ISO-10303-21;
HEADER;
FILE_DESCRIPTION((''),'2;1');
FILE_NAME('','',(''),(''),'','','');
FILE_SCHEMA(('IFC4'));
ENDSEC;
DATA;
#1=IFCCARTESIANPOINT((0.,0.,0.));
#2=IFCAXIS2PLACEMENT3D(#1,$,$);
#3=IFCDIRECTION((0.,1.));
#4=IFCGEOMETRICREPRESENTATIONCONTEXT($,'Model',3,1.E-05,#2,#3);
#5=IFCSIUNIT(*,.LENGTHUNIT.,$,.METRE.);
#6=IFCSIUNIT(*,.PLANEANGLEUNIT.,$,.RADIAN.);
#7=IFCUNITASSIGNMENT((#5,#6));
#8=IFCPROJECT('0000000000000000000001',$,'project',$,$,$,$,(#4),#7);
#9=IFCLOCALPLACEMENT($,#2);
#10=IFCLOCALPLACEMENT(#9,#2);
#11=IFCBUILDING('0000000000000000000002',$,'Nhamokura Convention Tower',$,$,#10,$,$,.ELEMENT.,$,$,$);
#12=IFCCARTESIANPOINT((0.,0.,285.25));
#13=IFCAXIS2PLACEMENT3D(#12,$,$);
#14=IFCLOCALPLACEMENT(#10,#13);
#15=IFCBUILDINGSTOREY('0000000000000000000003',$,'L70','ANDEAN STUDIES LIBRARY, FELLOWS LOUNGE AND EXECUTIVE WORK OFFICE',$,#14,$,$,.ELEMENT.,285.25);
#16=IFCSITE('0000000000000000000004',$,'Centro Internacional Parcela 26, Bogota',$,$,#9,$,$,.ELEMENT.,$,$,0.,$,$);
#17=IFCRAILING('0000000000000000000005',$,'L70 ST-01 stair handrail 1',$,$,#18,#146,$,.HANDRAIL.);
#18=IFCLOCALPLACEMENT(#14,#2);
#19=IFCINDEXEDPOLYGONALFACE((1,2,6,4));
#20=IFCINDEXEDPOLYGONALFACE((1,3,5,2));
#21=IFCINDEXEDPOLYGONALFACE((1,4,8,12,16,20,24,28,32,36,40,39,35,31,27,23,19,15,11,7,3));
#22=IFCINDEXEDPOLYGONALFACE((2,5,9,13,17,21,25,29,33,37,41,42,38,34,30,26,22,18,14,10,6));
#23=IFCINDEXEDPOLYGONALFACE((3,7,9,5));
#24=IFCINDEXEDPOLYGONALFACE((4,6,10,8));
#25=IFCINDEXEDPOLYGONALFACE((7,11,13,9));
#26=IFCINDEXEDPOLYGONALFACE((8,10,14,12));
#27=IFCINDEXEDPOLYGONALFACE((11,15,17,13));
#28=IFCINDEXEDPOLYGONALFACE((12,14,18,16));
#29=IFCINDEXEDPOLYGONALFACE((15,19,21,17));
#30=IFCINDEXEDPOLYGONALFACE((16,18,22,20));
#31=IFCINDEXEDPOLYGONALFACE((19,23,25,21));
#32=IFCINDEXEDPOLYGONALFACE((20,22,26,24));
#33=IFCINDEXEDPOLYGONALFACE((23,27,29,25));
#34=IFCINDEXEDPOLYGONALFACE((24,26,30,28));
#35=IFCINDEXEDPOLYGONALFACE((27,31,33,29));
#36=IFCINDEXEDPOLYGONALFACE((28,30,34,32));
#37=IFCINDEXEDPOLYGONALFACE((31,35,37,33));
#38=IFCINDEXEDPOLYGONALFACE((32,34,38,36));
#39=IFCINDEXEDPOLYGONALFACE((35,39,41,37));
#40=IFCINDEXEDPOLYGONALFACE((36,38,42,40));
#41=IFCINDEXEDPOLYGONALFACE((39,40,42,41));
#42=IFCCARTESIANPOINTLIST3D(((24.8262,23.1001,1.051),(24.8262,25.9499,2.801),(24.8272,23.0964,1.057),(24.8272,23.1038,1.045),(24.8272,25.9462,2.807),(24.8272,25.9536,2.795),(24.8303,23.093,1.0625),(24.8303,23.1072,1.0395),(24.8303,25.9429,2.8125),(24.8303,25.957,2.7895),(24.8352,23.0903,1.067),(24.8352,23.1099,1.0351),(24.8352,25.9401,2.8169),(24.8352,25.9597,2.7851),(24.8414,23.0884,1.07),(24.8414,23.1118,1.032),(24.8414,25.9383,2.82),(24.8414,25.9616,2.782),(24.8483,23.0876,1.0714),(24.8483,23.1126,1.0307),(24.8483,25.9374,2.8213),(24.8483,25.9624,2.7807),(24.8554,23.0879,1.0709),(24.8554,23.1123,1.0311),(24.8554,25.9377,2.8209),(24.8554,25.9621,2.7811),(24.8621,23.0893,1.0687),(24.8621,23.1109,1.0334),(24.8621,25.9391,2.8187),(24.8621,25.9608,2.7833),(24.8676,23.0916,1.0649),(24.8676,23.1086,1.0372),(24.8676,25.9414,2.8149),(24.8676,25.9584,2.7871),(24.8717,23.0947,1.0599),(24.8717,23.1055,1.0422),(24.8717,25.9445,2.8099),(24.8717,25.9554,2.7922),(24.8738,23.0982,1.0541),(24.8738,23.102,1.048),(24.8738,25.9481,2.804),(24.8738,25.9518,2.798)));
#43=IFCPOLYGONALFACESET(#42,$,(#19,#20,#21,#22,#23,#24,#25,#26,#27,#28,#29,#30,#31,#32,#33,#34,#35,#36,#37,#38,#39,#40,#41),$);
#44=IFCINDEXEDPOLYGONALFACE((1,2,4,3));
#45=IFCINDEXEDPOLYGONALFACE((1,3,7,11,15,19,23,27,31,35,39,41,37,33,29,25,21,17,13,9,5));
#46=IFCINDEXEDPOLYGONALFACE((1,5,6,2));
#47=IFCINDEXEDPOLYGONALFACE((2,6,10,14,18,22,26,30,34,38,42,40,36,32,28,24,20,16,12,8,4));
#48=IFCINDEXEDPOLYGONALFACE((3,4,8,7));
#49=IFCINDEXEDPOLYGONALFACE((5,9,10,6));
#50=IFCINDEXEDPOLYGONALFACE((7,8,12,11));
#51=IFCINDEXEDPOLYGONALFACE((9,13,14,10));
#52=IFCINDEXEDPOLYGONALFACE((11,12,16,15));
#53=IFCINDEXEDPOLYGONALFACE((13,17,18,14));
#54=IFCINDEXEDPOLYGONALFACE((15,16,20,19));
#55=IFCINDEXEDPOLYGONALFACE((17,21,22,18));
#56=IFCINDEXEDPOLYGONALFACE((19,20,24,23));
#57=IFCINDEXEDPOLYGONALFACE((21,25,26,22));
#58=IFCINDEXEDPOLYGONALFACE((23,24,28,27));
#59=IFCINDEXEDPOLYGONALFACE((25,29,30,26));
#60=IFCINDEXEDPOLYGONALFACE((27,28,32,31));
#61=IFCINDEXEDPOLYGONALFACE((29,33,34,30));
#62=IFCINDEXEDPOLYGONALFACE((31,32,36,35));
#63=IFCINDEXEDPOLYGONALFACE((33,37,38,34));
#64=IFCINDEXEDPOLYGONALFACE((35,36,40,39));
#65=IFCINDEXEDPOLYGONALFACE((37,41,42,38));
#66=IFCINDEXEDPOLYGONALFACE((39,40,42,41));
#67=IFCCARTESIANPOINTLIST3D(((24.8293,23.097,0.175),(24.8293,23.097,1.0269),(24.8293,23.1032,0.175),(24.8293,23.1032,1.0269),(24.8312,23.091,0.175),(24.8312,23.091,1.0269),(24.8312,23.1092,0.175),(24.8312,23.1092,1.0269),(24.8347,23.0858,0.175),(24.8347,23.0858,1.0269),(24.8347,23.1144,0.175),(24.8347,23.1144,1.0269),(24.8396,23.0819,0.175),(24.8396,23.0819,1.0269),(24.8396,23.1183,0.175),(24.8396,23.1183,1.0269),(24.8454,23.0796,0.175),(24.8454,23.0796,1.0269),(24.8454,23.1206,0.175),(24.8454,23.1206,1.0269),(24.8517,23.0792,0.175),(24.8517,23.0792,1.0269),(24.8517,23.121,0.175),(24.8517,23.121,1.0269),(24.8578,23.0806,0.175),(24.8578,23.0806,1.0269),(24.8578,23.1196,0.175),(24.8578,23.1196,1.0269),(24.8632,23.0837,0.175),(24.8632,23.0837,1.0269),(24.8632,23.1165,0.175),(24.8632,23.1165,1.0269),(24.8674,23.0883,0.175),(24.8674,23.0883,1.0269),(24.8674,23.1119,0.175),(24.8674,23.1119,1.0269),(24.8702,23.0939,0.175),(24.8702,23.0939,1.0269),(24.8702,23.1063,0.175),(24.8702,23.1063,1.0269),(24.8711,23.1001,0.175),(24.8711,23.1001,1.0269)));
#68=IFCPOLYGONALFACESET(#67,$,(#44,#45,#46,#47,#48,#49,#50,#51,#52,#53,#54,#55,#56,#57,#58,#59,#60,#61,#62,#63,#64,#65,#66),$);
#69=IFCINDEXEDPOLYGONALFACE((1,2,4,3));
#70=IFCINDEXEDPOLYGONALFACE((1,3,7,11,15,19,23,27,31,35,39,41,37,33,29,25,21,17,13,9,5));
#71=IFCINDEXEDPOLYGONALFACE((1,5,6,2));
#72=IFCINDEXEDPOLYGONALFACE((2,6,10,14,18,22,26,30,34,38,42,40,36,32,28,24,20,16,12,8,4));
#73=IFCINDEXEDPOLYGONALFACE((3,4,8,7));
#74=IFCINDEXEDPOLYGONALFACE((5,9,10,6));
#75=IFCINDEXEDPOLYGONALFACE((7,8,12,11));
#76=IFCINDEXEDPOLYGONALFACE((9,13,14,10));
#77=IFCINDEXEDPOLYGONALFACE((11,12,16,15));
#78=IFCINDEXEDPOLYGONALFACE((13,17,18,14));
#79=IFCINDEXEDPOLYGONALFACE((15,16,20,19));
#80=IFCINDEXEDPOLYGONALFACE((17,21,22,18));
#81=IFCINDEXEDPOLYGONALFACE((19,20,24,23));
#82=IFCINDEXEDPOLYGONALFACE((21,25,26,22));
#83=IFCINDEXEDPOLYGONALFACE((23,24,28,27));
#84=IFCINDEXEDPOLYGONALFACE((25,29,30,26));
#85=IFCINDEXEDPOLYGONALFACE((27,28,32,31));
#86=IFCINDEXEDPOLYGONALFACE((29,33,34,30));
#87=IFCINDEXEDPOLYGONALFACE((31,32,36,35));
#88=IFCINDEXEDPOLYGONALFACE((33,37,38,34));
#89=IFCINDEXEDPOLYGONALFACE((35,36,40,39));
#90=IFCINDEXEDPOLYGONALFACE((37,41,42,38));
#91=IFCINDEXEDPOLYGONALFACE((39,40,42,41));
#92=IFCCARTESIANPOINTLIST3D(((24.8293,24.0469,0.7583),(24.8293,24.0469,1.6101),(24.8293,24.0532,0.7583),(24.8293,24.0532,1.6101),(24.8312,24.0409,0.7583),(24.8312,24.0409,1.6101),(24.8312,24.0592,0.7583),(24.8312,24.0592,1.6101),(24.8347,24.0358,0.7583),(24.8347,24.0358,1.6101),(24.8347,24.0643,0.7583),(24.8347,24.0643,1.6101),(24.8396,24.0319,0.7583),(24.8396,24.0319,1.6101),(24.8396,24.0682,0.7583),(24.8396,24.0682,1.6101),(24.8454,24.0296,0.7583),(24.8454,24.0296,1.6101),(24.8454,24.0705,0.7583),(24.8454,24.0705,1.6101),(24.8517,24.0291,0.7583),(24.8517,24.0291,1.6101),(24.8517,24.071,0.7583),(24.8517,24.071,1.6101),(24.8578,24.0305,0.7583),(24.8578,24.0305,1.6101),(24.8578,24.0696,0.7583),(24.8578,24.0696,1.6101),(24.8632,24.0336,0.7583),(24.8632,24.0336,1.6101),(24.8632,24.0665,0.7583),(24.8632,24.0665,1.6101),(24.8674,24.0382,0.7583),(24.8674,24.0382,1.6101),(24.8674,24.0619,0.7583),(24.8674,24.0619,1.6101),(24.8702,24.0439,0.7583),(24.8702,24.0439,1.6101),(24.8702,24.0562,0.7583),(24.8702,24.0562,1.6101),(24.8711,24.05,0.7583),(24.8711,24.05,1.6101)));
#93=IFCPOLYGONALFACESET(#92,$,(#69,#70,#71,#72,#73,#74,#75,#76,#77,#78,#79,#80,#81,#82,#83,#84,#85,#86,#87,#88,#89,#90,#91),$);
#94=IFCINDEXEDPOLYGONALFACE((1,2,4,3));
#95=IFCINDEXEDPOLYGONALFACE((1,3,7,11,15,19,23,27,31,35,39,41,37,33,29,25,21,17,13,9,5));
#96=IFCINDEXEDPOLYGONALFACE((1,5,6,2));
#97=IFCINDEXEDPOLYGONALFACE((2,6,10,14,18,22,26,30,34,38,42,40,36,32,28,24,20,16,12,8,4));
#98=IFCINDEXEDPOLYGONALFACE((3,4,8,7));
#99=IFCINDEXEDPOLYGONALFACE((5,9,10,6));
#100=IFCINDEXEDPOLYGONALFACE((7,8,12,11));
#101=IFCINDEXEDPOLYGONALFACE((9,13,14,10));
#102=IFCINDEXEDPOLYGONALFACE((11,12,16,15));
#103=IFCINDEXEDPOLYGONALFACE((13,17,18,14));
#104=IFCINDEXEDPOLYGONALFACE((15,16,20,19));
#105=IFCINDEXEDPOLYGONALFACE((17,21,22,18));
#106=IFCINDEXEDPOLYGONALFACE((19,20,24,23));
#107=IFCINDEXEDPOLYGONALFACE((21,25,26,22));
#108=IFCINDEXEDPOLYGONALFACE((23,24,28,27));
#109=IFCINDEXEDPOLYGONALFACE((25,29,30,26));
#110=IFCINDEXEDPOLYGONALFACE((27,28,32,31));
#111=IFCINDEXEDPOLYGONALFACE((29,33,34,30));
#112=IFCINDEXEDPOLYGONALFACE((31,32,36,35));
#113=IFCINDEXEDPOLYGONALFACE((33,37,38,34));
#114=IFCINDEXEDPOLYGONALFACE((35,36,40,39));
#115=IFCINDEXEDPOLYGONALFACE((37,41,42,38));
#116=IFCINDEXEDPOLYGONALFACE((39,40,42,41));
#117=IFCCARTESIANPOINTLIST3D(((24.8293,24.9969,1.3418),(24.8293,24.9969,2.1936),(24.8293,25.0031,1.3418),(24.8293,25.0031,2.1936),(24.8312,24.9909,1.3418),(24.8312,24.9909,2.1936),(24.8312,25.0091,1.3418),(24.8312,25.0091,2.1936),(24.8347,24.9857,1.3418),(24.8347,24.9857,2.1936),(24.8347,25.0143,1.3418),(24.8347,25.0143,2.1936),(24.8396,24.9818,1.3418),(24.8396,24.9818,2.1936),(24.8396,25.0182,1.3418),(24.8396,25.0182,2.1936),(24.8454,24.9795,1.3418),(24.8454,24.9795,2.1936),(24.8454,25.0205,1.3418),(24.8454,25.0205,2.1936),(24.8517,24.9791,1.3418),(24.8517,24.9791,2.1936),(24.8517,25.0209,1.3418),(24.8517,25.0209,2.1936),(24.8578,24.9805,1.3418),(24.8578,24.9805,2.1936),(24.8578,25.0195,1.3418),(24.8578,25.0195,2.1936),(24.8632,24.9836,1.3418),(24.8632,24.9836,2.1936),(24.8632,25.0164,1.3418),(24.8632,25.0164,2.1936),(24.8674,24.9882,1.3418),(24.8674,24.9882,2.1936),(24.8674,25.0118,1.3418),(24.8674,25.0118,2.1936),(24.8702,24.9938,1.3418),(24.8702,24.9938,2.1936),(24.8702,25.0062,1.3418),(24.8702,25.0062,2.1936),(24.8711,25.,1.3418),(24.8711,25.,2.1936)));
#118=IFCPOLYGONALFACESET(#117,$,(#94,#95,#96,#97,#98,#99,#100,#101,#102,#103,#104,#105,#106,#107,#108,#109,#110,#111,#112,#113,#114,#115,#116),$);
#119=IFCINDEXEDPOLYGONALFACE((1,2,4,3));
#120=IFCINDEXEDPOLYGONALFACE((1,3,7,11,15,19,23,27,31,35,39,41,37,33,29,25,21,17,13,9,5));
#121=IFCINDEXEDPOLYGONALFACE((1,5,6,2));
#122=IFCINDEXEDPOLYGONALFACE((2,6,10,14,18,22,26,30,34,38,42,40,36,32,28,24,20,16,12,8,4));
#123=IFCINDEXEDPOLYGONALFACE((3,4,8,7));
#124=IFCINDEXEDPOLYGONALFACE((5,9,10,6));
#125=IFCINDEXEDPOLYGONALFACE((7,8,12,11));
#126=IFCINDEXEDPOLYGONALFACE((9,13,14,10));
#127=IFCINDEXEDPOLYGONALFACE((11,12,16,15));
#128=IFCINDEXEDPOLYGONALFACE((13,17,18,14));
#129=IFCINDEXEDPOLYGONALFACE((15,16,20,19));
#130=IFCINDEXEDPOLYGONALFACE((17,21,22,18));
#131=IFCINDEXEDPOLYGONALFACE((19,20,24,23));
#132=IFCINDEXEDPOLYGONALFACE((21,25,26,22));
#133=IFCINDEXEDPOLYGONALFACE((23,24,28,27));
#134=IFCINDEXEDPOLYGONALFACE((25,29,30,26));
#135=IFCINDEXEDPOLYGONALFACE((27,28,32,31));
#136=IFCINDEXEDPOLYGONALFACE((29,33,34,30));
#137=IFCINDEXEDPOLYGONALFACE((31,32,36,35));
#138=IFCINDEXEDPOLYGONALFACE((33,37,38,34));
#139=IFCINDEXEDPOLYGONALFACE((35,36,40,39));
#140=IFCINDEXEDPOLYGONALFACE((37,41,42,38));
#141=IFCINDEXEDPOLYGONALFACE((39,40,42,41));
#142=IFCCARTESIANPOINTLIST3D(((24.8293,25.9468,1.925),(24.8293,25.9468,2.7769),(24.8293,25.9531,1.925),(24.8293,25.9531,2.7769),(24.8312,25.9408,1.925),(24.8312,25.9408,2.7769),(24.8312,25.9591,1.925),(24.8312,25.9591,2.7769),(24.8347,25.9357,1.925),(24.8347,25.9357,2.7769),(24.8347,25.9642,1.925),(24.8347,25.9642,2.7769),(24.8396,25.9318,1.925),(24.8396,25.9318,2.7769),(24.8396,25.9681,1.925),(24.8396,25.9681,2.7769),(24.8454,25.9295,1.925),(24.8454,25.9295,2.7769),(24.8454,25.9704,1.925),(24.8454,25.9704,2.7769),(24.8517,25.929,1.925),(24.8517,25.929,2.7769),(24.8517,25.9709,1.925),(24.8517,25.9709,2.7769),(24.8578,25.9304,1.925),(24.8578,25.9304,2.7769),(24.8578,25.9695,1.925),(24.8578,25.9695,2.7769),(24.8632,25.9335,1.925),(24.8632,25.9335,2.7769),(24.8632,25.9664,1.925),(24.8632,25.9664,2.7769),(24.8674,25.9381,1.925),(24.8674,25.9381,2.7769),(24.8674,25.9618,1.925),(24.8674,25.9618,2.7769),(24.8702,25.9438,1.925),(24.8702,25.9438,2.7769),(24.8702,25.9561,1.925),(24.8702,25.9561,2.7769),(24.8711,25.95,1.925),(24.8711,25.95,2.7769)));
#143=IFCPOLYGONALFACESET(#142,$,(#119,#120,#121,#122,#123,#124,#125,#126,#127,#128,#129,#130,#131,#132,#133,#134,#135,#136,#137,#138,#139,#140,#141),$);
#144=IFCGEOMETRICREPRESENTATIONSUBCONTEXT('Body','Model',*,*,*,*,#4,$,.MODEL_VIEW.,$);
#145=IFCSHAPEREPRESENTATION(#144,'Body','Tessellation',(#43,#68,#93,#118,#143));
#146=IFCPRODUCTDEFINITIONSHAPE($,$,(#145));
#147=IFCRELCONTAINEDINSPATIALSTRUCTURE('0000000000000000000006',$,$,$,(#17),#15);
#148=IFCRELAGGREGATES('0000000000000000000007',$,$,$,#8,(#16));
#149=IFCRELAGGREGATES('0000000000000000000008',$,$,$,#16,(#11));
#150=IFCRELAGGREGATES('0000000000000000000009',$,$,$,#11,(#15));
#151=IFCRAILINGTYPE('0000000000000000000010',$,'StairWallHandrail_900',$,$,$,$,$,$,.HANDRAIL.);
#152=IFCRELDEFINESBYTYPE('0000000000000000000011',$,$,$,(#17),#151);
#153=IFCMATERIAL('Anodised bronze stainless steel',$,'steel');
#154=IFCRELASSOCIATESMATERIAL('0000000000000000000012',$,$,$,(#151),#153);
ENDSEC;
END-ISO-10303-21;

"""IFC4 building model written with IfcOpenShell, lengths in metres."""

from ifc_helpers import new_model, si_unit, direction, frame, origin, origin_2d, place, context, subcontext, project, spatial, circle, extrude, material, type_object, element, save


model = new_model("IFC4")

# Units and contexts
model_context = context("Model", 3, precision=1e-05, world=origin(), true_north=direction((0.0, 1.0)))
body_context = subcontext(model_context, "Body", "Model", "MODEL_VIEW")
ifc_project = project(units=[si_unit("LENGTHUNIT", "METRE"), si_unit("PLANEANGLEUNIT", "RADIAN")], contexts=[model_context])

# Site, building, storey
site_placement = place(None, origin())
site = spatial("IfcSite", under=ifc_project, at=site_placement, Name="Centro Internacional Parcela 26, Bogota", CompositionType="ELEMENT", RefElevation=0.0)
building_placement = place(site_placement, origin())
building = spatial("IfcBuilding", under=site, at=building_placement, Name="Nhamokura Convention Tower", CompositionType="ELEMENT")
storey_placement = place(building_placement, frame((0.0, 0.0, 285.25)))
storey = spatial("IfcBuildingStorey", under=building, at=storey_placement, Name="L70", Description="ANDEAN STUDIES LIBRARY, FELLOWS LOUNGE AND EXECUTIVE WORK OFFICE", CompositionType="ELEMENT", Elevation=285.25)

# Railing
ifc_material_1 = material(Name="Anodised bronze stainless steel", Category="steel")
railing_type_1 = type_object("IfcRailingType", Name="StairWallHandrail_900", PredefinedType="HANDRAIL", material=ifc_material_1)
railing_1_placement = place(storey_placement, frame((24.8501, 23.1001, 0.175)))
element("IfcRailing", 1, at=railing_1_placement, inside=storey, type_object=railing_type_1, Name="L70 ST-01 stair handrail 1", PredefinedType="HANDRAIL", context=body_context, shape_type="SweptSolid", body=[
    extrude(circle(Radius=0.0239, at=origin_2d()), frame((0.0, 0.0, 0.876), z_axis=(0.0, 0.852159, 0.523283), x_axis=(-1.0, 0.0, 0.0)), (0.0, 0.0, 1.0), 3.3442),
    extrude(circle(Radius=0.021, at=origin_2d()), origin(), (0.0, 0.0, 1.0), 0.8518),
    extrude(circle(Radius=0.021, at=origin_2d()), frame((0.0, 0.95, 0.5833)), (0.0, 0.0, 1.0), 0.8518),
    extrude(circle(Radius=0.021, at=origin_2d()), frame((0.0, 1.8999, 1.1667)), (0.0, 0.0, 1.0), 0.8518),
    extrude(circle(Radius=0.021, at=origin_2d()), frame((0.0, 2.8499, 1.75)), (0.0, 0.0, 1.0), 0.8518),
])

save(model, "model.ifc")
